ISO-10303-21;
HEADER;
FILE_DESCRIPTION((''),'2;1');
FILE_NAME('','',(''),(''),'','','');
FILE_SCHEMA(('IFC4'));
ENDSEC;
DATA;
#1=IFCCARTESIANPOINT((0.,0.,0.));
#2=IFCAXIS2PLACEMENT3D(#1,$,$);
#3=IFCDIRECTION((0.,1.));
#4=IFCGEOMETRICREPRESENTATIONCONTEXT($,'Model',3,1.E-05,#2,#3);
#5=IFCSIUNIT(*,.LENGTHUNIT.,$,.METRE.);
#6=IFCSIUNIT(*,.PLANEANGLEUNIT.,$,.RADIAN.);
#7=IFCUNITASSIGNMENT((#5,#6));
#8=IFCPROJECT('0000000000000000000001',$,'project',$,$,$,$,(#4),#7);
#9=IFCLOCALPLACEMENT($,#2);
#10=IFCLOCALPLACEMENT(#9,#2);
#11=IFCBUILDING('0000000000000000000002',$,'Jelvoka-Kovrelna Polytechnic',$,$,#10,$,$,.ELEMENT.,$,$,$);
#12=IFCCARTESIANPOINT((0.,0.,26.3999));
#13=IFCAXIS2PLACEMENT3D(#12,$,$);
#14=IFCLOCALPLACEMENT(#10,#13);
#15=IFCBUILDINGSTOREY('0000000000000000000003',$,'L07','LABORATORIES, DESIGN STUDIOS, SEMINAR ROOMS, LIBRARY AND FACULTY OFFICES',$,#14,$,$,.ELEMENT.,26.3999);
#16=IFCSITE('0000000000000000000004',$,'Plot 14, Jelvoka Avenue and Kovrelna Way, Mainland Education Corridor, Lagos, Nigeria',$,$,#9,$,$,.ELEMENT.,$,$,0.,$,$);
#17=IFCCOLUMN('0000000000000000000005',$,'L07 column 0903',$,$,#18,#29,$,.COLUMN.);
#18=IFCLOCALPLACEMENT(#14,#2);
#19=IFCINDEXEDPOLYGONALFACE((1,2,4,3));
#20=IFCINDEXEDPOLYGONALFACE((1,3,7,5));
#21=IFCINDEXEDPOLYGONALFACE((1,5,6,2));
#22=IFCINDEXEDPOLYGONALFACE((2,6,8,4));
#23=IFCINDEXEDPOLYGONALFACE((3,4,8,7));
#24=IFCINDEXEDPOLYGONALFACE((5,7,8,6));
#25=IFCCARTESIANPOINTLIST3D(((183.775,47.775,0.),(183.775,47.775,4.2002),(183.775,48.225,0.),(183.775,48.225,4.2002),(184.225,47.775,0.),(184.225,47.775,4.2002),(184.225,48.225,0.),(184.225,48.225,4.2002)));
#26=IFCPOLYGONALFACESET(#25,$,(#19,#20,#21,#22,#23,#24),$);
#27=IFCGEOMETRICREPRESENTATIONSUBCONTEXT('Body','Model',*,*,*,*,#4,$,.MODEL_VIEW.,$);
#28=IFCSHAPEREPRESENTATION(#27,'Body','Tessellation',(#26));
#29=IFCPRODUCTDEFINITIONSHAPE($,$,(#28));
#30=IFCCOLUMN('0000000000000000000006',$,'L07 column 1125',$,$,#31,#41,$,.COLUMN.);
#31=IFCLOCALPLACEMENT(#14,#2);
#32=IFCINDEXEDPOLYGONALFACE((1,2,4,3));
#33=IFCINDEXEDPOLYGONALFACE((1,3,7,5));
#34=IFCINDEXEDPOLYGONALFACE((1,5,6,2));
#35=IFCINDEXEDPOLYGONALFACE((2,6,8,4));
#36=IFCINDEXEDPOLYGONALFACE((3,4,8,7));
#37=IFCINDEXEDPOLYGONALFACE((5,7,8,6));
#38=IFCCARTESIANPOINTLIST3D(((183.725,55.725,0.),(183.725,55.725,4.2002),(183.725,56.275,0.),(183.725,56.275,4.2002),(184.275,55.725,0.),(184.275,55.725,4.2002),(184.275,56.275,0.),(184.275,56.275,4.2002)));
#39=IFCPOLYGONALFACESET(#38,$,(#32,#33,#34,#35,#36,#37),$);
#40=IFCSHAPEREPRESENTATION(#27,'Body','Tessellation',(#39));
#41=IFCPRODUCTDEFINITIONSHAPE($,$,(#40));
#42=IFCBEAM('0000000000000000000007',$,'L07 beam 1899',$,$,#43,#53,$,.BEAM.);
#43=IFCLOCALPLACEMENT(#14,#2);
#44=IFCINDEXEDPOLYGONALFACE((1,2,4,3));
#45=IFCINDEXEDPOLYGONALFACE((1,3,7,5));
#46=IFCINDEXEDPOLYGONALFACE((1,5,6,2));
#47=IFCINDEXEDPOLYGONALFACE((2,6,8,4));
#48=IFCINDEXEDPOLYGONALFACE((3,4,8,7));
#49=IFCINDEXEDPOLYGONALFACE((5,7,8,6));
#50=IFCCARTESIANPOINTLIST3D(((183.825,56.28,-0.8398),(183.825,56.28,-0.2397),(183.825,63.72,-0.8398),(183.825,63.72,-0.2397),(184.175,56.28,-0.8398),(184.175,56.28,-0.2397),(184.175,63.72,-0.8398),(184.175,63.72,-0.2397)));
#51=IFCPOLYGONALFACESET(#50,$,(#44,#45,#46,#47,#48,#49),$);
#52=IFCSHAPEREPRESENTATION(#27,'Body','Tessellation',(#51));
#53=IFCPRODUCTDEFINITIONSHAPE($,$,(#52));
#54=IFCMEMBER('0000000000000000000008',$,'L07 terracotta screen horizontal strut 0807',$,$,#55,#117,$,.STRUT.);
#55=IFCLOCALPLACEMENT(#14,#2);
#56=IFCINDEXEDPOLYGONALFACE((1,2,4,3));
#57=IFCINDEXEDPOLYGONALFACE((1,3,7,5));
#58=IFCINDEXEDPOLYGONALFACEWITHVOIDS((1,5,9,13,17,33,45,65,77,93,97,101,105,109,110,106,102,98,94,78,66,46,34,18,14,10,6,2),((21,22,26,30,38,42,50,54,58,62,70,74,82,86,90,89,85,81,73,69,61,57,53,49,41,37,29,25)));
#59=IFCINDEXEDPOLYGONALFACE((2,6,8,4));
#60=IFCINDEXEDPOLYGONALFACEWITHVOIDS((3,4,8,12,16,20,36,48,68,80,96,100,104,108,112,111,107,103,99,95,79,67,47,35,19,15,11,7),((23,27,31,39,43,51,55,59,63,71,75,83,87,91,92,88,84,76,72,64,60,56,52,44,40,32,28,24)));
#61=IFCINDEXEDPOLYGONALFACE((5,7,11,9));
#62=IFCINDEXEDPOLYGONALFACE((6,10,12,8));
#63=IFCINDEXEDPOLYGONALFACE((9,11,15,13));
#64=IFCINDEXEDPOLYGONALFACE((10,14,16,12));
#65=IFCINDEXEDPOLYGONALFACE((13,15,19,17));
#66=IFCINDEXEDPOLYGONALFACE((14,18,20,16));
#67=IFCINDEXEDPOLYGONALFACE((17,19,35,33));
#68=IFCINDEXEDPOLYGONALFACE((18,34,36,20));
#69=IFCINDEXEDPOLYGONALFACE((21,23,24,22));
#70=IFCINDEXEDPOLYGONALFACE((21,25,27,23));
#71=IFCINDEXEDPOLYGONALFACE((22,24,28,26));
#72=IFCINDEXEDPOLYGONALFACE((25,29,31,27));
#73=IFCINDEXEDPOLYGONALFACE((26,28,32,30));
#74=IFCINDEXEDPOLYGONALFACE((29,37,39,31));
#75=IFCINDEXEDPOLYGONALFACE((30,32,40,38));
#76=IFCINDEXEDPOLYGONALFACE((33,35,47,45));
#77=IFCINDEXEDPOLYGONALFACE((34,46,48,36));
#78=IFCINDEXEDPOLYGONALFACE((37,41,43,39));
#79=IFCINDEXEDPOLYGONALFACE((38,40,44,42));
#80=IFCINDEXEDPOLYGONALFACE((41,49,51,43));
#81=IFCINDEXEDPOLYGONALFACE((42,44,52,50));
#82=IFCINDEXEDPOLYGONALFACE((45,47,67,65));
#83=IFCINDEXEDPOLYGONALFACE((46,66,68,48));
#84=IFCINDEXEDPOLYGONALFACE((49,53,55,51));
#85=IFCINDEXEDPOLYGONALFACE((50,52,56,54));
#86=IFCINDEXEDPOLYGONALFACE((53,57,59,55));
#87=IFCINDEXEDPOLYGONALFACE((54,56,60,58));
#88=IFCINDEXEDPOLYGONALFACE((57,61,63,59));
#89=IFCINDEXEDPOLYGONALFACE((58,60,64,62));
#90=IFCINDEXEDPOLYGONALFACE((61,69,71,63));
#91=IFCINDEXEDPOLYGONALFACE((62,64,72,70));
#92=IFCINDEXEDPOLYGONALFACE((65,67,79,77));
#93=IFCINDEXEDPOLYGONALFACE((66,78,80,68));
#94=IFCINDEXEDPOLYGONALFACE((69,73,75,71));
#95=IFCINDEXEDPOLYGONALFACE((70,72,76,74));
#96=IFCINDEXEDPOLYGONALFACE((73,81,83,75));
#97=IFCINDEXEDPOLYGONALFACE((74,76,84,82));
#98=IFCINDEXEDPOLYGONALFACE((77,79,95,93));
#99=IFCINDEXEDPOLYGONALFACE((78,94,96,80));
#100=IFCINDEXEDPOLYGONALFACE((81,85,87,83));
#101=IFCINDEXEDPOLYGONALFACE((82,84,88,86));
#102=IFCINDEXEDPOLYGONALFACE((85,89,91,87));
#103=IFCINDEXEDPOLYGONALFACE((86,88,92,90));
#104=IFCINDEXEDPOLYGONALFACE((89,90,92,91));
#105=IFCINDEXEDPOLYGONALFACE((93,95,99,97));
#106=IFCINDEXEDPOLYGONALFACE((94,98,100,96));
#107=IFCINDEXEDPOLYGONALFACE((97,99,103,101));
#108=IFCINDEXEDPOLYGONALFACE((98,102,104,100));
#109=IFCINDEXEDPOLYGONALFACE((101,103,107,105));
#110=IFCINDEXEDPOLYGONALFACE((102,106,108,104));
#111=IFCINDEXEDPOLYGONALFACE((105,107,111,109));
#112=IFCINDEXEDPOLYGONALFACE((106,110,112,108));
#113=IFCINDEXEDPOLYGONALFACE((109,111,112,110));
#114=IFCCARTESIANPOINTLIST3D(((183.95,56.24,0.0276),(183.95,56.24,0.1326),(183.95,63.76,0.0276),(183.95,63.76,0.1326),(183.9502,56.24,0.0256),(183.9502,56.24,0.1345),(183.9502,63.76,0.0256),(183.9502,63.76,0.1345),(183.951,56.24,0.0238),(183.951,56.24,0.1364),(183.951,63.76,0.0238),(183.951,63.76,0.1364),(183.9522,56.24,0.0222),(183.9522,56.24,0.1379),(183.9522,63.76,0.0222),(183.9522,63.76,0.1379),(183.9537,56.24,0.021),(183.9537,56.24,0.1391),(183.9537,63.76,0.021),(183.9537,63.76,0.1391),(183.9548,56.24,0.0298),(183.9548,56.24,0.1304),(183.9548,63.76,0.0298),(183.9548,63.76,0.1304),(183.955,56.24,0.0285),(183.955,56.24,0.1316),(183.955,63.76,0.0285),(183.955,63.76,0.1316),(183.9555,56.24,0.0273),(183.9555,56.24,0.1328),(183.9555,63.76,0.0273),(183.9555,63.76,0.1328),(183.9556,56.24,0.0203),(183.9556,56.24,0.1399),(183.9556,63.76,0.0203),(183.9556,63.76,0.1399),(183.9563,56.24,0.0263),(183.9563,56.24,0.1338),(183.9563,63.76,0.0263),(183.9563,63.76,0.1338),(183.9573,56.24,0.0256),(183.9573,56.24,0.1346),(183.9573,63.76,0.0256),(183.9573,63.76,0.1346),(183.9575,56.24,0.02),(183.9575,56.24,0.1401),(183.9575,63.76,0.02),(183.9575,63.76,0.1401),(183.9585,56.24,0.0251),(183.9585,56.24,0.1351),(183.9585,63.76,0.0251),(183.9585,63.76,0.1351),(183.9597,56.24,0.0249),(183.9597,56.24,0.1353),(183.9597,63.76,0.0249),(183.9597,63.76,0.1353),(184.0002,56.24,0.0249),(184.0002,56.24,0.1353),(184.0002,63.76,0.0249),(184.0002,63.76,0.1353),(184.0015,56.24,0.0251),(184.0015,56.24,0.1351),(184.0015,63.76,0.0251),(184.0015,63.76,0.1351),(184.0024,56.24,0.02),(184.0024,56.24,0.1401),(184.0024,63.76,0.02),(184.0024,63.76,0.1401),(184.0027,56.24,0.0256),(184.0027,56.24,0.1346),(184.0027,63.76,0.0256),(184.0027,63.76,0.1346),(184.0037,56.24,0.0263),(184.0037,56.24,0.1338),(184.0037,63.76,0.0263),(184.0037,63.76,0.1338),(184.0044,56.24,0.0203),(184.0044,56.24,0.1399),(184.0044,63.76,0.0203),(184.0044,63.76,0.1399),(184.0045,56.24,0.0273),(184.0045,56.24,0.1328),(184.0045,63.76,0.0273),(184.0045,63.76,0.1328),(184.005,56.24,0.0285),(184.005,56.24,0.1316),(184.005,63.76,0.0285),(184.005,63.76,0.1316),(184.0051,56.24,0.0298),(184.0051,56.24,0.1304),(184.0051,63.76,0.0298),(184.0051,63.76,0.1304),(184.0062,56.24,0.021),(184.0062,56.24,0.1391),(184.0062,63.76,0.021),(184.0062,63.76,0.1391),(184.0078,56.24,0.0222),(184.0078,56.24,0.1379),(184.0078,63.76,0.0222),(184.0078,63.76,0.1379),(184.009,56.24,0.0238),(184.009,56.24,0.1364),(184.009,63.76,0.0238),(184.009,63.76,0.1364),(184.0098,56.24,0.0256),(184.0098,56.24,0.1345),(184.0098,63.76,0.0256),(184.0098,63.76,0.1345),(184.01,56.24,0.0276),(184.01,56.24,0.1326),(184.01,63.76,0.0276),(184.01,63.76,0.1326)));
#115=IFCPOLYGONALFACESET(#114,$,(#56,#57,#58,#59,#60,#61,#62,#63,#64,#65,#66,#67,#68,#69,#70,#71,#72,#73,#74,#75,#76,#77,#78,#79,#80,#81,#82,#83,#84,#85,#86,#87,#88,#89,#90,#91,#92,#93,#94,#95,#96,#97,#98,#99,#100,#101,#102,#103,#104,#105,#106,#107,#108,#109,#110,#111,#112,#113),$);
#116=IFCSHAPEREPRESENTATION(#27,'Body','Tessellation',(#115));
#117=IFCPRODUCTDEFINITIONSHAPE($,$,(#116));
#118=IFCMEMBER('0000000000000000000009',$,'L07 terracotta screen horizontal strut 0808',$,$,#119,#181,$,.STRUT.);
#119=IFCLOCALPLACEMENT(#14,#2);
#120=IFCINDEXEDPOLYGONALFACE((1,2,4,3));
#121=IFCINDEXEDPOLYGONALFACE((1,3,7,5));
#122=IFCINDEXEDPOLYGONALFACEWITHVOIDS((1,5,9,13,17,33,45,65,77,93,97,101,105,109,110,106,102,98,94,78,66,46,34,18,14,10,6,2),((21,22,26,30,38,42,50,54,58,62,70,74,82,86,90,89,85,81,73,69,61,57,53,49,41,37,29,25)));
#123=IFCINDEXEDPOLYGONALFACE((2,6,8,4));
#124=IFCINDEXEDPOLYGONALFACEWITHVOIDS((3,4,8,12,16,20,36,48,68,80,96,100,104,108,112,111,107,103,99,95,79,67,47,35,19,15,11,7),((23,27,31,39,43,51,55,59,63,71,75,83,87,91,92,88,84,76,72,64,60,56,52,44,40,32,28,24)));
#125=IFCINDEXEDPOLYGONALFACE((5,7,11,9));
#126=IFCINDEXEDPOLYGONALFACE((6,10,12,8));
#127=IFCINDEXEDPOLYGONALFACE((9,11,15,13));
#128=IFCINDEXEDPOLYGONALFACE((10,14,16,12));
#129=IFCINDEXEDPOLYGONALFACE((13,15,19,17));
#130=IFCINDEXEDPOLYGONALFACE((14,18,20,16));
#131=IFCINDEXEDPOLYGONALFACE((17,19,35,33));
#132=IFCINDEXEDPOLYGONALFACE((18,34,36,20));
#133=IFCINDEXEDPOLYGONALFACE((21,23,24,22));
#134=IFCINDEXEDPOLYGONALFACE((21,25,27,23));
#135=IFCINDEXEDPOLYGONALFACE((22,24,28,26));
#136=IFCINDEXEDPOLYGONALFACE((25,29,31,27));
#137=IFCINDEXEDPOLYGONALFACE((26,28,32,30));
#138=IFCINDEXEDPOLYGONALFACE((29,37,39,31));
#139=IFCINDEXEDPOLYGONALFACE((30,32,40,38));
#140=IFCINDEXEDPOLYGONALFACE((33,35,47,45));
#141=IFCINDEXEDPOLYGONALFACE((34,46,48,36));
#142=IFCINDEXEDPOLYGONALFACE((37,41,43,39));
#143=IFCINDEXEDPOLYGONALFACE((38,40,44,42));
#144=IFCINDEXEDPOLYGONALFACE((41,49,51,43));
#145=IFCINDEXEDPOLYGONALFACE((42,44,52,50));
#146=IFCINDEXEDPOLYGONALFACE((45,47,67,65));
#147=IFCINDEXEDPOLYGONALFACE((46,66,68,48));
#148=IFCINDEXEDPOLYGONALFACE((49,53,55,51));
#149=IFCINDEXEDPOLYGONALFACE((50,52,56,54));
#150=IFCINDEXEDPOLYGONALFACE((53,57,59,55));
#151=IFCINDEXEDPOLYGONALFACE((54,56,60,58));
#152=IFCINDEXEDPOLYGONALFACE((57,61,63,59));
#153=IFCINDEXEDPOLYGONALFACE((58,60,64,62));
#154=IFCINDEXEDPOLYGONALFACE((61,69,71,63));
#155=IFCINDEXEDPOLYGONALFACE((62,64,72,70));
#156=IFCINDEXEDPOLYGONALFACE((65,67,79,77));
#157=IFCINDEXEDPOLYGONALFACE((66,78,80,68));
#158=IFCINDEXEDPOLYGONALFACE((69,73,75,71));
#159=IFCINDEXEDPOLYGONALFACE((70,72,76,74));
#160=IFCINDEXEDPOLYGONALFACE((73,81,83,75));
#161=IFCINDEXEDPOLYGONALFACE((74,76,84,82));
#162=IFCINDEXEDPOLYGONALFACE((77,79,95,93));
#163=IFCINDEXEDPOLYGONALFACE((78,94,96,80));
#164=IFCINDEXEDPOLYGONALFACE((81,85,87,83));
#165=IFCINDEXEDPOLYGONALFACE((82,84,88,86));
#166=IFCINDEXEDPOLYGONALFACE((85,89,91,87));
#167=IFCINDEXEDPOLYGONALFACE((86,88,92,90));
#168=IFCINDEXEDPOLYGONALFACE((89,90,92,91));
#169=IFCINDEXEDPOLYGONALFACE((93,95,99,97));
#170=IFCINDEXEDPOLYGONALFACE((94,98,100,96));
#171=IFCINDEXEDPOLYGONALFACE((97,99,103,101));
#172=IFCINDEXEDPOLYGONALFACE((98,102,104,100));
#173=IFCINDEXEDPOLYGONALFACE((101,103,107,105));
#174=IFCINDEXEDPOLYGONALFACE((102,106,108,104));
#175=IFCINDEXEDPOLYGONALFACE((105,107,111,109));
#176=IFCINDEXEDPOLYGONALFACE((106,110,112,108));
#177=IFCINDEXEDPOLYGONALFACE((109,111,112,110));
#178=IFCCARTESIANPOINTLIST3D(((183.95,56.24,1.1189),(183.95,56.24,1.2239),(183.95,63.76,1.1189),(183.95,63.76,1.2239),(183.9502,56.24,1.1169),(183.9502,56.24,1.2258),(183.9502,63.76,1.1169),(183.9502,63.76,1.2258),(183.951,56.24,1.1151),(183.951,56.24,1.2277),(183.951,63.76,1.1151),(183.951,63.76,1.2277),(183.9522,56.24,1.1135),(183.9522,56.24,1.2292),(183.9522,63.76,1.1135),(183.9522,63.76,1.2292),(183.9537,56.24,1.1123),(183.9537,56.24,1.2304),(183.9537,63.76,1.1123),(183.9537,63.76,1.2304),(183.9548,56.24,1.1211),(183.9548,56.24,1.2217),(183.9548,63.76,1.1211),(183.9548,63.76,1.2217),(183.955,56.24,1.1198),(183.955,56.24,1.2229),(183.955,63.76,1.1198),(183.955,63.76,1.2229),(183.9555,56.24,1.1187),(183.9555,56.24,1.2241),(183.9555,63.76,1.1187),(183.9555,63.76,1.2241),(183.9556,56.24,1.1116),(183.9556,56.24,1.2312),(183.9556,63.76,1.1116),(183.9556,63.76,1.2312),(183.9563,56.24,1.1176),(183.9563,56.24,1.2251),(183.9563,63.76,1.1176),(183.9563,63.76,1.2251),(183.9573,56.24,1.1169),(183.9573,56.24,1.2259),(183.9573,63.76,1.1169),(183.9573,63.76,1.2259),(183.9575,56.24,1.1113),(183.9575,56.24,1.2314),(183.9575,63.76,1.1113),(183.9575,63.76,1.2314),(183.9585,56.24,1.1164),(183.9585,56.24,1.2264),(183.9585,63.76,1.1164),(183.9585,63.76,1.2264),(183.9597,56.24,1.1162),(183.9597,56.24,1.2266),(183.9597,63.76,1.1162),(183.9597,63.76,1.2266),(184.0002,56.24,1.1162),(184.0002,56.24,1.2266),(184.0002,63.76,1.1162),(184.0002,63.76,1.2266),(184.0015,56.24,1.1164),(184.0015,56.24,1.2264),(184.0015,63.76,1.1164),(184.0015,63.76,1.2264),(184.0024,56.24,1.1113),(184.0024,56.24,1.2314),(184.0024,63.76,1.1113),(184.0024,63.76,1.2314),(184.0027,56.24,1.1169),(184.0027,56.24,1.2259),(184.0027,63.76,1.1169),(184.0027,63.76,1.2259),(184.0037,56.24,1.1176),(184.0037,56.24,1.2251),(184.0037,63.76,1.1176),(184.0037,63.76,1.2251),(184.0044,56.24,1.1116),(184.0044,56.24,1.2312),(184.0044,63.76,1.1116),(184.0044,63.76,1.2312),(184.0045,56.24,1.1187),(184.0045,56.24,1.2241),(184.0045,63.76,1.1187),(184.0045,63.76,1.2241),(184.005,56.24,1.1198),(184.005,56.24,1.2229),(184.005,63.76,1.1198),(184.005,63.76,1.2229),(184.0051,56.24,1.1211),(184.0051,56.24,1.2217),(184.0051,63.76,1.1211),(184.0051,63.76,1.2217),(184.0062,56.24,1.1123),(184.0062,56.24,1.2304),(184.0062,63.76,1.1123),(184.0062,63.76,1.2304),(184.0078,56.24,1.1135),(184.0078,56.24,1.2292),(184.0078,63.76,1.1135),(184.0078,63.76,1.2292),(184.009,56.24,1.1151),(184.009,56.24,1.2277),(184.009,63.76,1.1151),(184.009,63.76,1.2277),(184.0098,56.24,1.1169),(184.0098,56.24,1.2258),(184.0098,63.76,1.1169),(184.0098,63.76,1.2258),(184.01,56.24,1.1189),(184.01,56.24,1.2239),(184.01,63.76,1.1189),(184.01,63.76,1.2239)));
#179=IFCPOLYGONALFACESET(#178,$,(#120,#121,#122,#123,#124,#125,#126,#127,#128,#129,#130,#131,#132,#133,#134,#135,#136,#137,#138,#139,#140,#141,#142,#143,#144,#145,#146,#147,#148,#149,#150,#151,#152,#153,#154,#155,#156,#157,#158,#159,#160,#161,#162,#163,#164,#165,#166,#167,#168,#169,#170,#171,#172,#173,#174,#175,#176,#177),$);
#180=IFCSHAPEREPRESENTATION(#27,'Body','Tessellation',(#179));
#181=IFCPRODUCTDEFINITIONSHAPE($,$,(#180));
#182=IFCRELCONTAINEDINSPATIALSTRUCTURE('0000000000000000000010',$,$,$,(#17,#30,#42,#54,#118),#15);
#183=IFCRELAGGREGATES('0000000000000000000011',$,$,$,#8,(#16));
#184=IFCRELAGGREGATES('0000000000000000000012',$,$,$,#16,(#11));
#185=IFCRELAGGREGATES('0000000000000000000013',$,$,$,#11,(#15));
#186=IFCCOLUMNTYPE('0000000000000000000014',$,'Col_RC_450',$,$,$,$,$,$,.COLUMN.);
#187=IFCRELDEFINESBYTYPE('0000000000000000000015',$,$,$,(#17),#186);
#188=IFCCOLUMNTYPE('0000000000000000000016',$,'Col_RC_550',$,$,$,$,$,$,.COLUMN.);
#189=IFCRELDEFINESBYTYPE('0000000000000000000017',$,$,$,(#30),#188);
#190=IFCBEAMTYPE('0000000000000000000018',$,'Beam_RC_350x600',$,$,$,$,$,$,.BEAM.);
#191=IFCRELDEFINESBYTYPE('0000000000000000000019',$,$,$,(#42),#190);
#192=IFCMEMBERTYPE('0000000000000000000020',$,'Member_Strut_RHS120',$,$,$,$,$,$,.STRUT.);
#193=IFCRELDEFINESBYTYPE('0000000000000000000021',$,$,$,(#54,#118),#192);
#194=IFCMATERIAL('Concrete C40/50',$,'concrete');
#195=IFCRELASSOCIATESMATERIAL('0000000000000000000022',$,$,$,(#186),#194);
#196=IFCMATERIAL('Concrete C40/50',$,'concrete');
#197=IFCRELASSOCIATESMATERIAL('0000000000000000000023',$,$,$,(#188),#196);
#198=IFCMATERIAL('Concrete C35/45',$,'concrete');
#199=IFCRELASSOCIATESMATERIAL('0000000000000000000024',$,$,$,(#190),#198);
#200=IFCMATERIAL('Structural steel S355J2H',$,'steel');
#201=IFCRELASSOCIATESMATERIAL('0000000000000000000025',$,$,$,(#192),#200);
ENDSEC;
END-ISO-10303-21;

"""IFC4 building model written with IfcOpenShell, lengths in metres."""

from ifc_helpers import new_model, si_unit, direction, frame, origin, origin_2d, place, context, subcontext, project, spatial, rectangle, hollow_rectangle, extrude, material, material_profile, profile_set, type_object, element, save


model = new_model("IFC4")

# Units and contexts
model_context = context("Model", 3, precision=1e-05, world=origin(), true_north=direction((0.0, 1.0)))
body_context = subcontext(model_context, "Body", "Model", "MODEL_VIEW")
ifc_project = project(units=[si_unit("LENGTHUNIT", "METRE"), si_unit("PLANEANGLEUNIT", "RADIAN")], contexts=[model_context])

# Site, building, storey
site_placement = place(None, origin())
site = spatial("IfcSite", under=ifc_project, at=site_placement, Name="Plot 14, Jelvoka Avenue and Kovrelna Way, Mainland Education Corridor, Lagos, Nigeria", CompositionType="ELEMENT", RefElevation=0.0)
building_placement = place(site_placement, origin())
building = spatial("IfcBuilding", under=site, at=building_placement, Name="Jelvoka-Kovrelna Polytechnic", CompositionType="ELEMENT")
storey_placement = place(building_placement, frame((0.0, 0.0, 26.3999)))
storey = spatial("IfcBuildingStorey", under=building, at=storey_placement, Name="L07", Description="LABORATORIES, DESIGN STUDIOS, SEMINAR ROOMS, LIBRARY AND FACULTY OFFICES", CompositionType="ELEMENT", Elevation=26.3999)

# Columns
ifc_material_1 = material(Name="Concrete C40/50", Category="concrete")
ifc_material_profile_1 = material_profile(ifc_material_1, rectangle(XDim=0.45, YDim=0.45, at=origin_2d()), Name="RC 450x450")
ifc_profile_set_1 = profile_set([ifc_material_profile_1], Name="Concrete C40/50")
column_type_1 = type_object("IfcColumnType", Name="Col_RC_450", PredefinedType="COLUMN", material=ifc_profile_set_1)
column_1_placement = place(storey_placement, frame((184.0, 48.0, 0.0), z_axis=(0.0, 0.0, 1.0), x_axis=(1.0, 0.0, 0.0)))
element("IfcColumn", 1, at=column_1_placement, inside=storey, type_object=column_type_1, Name="L07 column 0903", PredefinedType="COLUMN", context=body_context, shape_type="SweptSolid", body=[
    extrude(rectangle(XDim=0.45, YDim=0.45, at=origin_2d()), origin(), (0.0, 0.0, 1.0), 4.2002),
])
ifc_material_2 = material(Name="Concrete C40/50", Category="concrete")
ifc_material_profile_2 = material_profile(ifc_material_2, rectangle(XDim=0.55, YDim=0.55, at=origin_2d()), Name="RC 550x550")
ifc_profile_set_2 = profile_set([ifc_material_profile_2], Name="Concrete C40/50")
column_type_2 = type_object("IfcColumnType", Name="Col_RC_550", PredefinedType="COLUMN", material=ifc_profile_set_2)
column_2_placement = place(storey_placement, frame((184.0, 56.0, 0.0), z_axis=(0.0, 0.0, 1.0), x_axis=(1.0, 0.0, 0.0)))
element("IfcColumn", 2, at=column_2_placement, inside=storey, type_object=column_type_2, Name="L07 column 1125", PredefinedType="COLUMN", context=body_context, shape_type="SweptSolid", body=[
    extrude(rectangle(XDim=0.55, YDim=0.55, at=origin_2d()), origin(), (0.0, 0.0, 1.0), 4.2002),
])

# Beam
ifc_material_3 = material(Name="Concrete C35/45", Category="concrete")
ifc_material_profile_3 = material_profile(ifc_material_3, rectangle(XDim=0.3501, YDim=0.6001, at=origin_2d()), Name="RC 350x600")
ifc_profile_set_3 = profile_set([ifc_material_profile_3], Name="Concrete C35/45")
beam_type_1 = type_object("IfcBeamType", Name="Beam_RC_350x600", PredefinedType="BEAM", material=ifc_profile_set_3)
beam_1_placement = place(storey_placement, frame((184.0, 56.28, -0.5398), z_axis=(0.0, 1.0, 0.0), x_axis=(-1.0, 0.0, 0.0)))
element("IfcBeam", 3, at=beam_1_placement, inside=storey, type_object=beam_type_1, Name="L07 beam 1899", PredefinedType="BEAM", context=body_context, shape_type="SweptSolid", body=[
    extrude(rectangle(XDim=0.3501, YDim=0.6001, at=origin_2d()), origin(), (0.0, 0.0, 1.0), 7.4399),
])

# Members
ifc_material_4 = material(Name="Structural steel S355J2H", Category="steel")
ifc_material_profile_4 = material_profile(ifc_material_4, hollow_rectangle(XDim=0.0601, YDim=0.1201, WallThickness=0.0049, InnerFilletRadius=0.0049, OuterFilletRadius=0.0076, at=origin_2d()), Name="120x60x5.0 RHS")
ifc_profile_set_4 = profile_set([ifc_material_profile_4], Name="Structural steel S355J2H")
member_type_1 = type_object("IfcMemberType", Name="Member_Strut_RHS120", PredefinedType="STRUT", material=ifc_profile_set_4)
for number, where, z_axis, x_axis, name in (
    (4, (183.98, 56.24, 0.0801), (0.0, 1.0, 0.0), (-1.0, 0.0, 0.0), "L07 terracotta screen horizontal strut 0807"),
    (5, (183.98, 56.24, 1.1714), (0.0, 1.0, 0.0), (-1.0, 0.0, 0.0), "L07 terracotta screen horizontal strut 0808"),
):
    element("IfcMember", number, at=place(storey_placement, frame(where, z_axis=z_axis, x_axis=x_axis)), inside=storey, type_object=member_type_1, Name=name, PredefinedType="STRUT", context=body_context, shape_type="SweptSolid", body=[
        extrude(hollow_rectangle(XDim=0.0601, YDim=0.1201, WallThickness=0.0049, InnerFilletRadius=0.0049, OuterFilletRadius=0.0076, at=origin_2d()), origin(), (0.0, 0.0, 1.0), 7.52),
    ])

save(model, "model.ifc")
